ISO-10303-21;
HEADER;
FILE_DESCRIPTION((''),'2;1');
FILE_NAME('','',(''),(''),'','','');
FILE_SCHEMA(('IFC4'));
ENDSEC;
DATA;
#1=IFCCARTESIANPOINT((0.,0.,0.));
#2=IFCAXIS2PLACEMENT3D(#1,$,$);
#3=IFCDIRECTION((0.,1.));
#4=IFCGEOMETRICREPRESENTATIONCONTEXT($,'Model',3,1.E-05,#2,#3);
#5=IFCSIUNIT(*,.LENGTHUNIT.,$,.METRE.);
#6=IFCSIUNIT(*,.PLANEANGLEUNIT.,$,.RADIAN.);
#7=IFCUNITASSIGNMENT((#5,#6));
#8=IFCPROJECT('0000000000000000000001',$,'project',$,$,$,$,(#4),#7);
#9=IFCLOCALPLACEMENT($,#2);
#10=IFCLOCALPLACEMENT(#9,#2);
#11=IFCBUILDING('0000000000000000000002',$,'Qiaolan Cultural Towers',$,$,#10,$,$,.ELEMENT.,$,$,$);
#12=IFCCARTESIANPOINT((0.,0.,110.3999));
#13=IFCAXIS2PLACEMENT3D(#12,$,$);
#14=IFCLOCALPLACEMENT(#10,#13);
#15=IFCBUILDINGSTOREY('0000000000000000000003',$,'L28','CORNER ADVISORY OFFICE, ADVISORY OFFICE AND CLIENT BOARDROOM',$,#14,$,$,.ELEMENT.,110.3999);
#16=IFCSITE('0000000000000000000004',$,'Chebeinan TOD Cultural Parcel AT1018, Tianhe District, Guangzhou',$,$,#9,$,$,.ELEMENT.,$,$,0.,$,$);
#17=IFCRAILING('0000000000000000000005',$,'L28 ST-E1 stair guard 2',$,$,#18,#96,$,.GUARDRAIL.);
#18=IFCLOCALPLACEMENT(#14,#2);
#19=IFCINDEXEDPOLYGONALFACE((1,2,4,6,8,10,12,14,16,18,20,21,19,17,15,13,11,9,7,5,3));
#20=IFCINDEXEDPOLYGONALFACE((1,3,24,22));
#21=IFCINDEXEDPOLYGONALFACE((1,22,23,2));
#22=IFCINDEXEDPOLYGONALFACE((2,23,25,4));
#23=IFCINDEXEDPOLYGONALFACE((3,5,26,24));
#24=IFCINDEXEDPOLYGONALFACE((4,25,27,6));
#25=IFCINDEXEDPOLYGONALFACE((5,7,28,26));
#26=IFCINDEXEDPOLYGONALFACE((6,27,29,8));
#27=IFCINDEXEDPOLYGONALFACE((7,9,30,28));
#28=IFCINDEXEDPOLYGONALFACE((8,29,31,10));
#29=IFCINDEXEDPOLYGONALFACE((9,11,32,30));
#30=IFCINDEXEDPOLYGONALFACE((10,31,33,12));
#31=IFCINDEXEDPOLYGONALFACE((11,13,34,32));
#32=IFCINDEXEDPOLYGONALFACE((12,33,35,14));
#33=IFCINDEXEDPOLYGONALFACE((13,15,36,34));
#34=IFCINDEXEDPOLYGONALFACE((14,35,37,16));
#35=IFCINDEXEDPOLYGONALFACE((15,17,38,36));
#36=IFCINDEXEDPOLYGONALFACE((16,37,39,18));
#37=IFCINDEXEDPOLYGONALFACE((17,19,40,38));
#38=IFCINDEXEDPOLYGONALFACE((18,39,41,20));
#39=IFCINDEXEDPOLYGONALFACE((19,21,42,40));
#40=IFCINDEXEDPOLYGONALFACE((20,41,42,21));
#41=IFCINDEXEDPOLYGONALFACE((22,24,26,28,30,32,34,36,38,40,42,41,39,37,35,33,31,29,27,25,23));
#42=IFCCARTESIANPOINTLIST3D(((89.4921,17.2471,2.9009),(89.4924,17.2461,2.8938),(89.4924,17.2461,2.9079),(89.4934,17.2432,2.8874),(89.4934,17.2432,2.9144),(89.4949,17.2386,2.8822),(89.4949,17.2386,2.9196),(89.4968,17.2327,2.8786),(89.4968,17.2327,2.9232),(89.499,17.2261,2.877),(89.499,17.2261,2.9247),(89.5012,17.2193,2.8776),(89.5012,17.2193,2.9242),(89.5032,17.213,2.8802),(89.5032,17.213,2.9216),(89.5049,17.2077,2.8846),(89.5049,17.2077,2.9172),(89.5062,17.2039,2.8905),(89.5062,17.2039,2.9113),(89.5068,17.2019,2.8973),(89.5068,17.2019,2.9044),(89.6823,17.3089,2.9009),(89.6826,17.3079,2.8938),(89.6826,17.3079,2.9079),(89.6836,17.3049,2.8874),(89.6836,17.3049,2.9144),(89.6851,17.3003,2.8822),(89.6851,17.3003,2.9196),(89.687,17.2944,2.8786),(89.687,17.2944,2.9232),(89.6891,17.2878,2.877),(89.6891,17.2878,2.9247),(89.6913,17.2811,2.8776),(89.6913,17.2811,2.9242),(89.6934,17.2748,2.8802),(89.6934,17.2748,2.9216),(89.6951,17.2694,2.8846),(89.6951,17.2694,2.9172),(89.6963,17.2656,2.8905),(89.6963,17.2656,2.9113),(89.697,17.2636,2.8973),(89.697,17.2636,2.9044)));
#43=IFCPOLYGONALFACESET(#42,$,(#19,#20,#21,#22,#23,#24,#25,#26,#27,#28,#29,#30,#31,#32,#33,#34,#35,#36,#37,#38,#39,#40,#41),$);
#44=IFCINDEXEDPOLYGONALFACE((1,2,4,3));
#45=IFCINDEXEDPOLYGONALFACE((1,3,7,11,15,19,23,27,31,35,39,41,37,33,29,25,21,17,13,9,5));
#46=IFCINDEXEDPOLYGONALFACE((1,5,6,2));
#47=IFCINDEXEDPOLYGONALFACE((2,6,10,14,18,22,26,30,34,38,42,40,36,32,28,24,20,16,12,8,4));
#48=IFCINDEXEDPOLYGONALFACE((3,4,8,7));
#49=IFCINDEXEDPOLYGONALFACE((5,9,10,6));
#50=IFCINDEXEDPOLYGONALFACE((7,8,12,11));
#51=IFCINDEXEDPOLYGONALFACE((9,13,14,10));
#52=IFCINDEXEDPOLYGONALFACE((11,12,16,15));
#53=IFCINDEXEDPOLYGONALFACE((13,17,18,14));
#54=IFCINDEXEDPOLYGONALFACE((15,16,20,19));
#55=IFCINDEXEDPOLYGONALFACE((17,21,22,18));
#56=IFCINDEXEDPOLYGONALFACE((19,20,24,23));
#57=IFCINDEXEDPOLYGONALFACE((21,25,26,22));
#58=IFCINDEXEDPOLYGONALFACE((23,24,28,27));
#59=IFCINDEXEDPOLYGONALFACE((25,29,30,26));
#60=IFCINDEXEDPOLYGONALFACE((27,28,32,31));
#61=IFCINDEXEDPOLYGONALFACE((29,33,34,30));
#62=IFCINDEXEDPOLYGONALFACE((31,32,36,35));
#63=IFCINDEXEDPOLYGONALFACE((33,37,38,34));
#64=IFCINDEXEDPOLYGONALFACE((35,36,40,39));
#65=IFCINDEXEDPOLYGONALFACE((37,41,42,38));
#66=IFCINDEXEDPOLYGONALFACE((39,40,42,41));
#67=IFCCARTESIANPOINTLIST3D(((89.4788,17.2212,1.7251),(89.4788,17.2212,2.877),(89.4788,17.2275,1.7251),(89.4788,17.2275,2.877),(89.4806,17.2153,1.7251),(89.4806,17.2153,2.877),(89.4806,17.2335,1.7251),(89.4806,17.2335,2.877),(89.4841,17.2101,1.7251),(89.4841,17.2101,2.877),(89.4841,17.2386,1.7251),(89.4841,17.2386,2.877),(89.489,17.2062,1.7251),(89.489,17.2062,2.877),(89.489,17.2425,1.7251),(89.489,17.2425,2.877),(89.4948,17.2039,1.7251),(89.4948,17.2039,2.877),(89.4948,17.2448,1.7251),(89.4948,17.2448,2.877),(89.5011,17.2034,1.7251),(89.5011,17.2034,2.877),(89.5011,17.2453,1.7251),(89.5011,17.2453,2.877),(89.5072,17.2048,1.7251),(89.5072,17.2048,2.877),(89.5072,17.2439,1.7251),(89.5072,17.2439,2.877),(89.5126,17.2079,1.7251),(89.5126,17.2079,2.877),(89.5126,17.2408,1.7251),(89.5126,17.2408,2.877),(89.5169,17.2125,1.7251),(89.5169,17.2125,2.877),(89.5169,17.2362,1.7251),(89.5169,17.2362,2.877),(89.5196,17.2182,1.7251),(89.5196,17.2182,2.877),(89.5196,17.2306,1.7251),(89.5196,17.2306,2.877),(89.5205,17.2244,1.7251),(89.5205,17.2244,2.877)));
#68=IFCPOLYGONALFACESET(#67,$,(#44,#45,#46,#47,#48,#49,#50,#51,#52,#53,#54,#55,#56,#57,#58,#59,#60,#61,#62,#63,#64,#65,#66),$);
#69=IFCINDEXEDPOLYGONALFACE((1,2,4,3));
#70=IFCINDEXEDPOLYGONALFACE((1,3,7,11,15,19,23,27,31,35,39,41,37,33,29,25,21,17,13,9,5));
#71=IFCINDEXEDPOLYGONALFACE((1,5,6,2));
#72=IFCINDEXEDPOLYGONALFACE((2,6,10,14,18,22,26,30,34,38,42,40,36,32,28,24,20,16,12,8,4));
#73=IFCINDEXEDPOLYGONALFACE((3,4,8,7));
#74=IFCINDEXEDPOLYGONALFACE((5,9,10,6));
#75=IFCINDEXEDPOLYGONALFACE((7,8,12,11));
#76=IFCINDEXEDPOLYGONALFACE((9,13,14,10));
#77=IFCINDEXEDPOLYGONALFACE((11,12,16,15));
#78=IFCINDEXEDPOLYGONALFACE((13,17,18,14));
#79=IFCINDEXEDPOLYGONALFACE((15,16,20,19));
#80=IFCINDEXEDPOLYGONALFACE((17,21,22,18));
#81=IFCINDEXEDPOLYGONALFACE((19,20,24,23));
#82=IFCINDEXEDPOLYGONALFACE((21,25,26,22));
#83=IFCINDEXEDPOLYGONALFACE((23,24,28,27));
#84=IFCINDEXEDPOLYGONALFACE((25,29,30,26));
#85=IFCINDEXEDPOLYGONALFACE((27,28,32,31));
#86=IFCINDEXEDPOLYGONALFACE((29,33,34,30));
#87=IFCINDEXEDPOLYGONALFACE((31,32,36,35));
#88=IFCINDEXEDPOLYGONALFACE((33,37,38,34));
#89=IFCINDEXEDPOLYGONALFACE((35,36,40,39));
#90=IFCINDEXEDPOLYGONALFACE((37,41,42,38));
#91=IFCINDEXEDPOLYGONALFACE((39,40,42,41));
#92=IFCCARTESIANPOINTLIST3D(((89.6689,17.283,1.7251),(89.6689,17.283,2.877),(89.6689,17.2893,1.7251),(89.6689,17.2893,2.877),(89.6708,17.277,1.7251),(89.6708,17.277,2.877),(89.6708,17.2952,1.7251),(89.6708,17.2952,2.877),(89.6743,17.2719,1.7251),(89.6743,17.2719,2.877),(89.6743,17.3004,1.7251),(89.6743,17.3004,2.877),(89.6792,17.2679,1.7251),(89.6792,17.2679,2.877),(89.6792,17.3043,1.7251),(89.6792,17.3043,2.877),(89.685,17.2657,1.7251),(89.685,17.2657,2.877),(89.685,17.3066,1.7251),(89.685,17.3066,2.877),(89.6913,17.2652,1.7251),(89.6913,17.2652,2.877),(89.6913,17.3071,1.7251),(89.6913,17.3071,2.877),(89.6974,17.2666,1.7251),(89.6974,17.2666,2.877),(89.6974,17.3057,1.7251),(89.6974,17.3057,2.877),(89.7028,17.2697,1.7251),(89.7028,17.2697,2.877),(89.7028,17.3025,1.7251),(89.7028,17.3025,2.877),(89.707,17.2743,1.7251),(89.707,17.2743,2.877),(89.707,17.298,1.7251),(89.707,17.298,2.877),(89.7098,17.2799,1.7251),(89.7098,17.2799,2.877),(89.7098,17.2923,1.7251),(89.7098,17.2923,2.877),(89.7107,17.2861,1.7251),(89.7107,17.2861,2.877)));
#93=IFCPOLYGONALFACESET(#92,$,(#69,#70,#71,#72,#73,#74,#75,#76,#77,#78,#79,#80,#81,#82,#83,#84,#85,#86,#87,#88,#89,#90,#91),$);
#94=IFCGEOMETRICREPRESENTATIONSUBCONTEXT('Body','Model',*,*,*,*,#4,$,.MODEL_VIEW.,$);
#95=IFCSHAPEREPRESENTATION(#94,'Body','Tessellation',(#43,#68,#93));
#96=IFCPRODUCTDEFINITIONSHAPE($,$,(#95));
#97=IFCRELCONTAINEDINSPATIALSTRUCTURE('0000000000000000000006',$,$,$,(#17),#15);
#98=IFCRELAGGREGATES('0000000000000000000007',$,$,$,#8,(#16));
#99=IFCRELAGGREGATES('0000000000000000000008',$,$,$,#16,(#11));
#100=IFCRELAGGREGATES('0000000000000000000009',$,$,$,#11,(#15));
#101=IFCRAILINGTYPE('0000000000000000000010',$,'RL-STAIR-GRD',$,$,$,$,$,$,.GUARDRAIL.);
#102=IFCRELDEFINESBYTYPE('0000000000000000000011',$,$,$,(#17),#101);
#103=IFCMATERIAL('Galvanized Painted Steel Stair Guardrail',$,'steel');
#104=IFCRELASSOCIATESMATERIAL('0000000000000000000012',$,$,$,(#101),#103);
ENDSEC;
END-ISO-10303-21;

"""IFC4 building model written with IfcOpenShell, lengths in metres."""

from ifc_helpers import new_model, si_unit, direction, frame, origin, origin_2d, place, context, subcontext, project, spatial, circle, extrude, material, type_object, element, save


model = new_model("IFC4")

# Units and contexts
model_context = context("Model", 3, precision=1e-05, world=origin(), true_north=direction((0.0, 1.0)))
body_context = subcontext(model_context, "Body", "Model", "MODEL_VIEW")
ifc_project = project(units=[si_unit("LENGTHUNIT", "METRE"), si_unit("PLANEANGLEUNIT", "RADIAN")], contexts=[model_context])

# Site, building, storey
site_placement = place(None, origin())
site = spatial("IfcSite", under=ifc_project, at=site_placement, Name="Chebeinan TOD Cultural Parcel AT1018, Tianhe District, Guangzhou", CompositionType="ELEMENT", RefElevation=0.0)
building_placement = place(site_placement, origin())
building = spatial("IfcBuilding", under=site, at=building_placement, Name="Qiaolan Cultural Towers", CompositionType="ELEMENT")
storey_placement = place(building_placement, frame((0.0, 0.0, 110.3999)))
storey = spatial("IfcBuildingStorey", under=building, at=storey_placement, Name="L28", Description="CORNER ADVISORY OFFICE, ADVISORY OFFICE AND CLIENT BOARDROOM", CompositionType="ELEMENT", Elevation=110.3999)

# Railing
ifc_material_1 = material(Name="Galvanized Painted Steel Stair Guardrail", Category="steel")
railing_type_1 = type_object("IfcRailingType", Name="RL-STAIR-GRD", PredefinedType="GUARDRAIL", material=ifc_material_1)
railing_1_placement = place(storey_placement, frame((89.4995, 17.2244, 1.7251)))
element("IfcRailing", 1, at=railing_1_placement, inside=storey, type_object=railing_type_1, Name="L28 ST-E1 stair guard 2", PredefinedType="GUARDRAIL", context=body_context, shape_type="SweptSolid", body=[
    extrude(circle(Radius=0.0239, at=origin_2d()), frame((0.0, 0.0, 1.1758), z_axis=(0.951097, 0.308893, 0.0), x_axis=(-0.308893, 0.951097, 0.0)), (0.0, 0.0, 1.0), 0.2),
    extrude(circle(Radius=0.021, at=origin_2d()), origin(), (0.0, 0.0, 1.0), 1.1519),
    extrude(circle(Radius=0.021, at=origin_2d()), frame((0.1902, 0.0618, 0.0)), (0.0, 0.0, 1.0), 1.1519),
])

save(model, "model.ifc")
